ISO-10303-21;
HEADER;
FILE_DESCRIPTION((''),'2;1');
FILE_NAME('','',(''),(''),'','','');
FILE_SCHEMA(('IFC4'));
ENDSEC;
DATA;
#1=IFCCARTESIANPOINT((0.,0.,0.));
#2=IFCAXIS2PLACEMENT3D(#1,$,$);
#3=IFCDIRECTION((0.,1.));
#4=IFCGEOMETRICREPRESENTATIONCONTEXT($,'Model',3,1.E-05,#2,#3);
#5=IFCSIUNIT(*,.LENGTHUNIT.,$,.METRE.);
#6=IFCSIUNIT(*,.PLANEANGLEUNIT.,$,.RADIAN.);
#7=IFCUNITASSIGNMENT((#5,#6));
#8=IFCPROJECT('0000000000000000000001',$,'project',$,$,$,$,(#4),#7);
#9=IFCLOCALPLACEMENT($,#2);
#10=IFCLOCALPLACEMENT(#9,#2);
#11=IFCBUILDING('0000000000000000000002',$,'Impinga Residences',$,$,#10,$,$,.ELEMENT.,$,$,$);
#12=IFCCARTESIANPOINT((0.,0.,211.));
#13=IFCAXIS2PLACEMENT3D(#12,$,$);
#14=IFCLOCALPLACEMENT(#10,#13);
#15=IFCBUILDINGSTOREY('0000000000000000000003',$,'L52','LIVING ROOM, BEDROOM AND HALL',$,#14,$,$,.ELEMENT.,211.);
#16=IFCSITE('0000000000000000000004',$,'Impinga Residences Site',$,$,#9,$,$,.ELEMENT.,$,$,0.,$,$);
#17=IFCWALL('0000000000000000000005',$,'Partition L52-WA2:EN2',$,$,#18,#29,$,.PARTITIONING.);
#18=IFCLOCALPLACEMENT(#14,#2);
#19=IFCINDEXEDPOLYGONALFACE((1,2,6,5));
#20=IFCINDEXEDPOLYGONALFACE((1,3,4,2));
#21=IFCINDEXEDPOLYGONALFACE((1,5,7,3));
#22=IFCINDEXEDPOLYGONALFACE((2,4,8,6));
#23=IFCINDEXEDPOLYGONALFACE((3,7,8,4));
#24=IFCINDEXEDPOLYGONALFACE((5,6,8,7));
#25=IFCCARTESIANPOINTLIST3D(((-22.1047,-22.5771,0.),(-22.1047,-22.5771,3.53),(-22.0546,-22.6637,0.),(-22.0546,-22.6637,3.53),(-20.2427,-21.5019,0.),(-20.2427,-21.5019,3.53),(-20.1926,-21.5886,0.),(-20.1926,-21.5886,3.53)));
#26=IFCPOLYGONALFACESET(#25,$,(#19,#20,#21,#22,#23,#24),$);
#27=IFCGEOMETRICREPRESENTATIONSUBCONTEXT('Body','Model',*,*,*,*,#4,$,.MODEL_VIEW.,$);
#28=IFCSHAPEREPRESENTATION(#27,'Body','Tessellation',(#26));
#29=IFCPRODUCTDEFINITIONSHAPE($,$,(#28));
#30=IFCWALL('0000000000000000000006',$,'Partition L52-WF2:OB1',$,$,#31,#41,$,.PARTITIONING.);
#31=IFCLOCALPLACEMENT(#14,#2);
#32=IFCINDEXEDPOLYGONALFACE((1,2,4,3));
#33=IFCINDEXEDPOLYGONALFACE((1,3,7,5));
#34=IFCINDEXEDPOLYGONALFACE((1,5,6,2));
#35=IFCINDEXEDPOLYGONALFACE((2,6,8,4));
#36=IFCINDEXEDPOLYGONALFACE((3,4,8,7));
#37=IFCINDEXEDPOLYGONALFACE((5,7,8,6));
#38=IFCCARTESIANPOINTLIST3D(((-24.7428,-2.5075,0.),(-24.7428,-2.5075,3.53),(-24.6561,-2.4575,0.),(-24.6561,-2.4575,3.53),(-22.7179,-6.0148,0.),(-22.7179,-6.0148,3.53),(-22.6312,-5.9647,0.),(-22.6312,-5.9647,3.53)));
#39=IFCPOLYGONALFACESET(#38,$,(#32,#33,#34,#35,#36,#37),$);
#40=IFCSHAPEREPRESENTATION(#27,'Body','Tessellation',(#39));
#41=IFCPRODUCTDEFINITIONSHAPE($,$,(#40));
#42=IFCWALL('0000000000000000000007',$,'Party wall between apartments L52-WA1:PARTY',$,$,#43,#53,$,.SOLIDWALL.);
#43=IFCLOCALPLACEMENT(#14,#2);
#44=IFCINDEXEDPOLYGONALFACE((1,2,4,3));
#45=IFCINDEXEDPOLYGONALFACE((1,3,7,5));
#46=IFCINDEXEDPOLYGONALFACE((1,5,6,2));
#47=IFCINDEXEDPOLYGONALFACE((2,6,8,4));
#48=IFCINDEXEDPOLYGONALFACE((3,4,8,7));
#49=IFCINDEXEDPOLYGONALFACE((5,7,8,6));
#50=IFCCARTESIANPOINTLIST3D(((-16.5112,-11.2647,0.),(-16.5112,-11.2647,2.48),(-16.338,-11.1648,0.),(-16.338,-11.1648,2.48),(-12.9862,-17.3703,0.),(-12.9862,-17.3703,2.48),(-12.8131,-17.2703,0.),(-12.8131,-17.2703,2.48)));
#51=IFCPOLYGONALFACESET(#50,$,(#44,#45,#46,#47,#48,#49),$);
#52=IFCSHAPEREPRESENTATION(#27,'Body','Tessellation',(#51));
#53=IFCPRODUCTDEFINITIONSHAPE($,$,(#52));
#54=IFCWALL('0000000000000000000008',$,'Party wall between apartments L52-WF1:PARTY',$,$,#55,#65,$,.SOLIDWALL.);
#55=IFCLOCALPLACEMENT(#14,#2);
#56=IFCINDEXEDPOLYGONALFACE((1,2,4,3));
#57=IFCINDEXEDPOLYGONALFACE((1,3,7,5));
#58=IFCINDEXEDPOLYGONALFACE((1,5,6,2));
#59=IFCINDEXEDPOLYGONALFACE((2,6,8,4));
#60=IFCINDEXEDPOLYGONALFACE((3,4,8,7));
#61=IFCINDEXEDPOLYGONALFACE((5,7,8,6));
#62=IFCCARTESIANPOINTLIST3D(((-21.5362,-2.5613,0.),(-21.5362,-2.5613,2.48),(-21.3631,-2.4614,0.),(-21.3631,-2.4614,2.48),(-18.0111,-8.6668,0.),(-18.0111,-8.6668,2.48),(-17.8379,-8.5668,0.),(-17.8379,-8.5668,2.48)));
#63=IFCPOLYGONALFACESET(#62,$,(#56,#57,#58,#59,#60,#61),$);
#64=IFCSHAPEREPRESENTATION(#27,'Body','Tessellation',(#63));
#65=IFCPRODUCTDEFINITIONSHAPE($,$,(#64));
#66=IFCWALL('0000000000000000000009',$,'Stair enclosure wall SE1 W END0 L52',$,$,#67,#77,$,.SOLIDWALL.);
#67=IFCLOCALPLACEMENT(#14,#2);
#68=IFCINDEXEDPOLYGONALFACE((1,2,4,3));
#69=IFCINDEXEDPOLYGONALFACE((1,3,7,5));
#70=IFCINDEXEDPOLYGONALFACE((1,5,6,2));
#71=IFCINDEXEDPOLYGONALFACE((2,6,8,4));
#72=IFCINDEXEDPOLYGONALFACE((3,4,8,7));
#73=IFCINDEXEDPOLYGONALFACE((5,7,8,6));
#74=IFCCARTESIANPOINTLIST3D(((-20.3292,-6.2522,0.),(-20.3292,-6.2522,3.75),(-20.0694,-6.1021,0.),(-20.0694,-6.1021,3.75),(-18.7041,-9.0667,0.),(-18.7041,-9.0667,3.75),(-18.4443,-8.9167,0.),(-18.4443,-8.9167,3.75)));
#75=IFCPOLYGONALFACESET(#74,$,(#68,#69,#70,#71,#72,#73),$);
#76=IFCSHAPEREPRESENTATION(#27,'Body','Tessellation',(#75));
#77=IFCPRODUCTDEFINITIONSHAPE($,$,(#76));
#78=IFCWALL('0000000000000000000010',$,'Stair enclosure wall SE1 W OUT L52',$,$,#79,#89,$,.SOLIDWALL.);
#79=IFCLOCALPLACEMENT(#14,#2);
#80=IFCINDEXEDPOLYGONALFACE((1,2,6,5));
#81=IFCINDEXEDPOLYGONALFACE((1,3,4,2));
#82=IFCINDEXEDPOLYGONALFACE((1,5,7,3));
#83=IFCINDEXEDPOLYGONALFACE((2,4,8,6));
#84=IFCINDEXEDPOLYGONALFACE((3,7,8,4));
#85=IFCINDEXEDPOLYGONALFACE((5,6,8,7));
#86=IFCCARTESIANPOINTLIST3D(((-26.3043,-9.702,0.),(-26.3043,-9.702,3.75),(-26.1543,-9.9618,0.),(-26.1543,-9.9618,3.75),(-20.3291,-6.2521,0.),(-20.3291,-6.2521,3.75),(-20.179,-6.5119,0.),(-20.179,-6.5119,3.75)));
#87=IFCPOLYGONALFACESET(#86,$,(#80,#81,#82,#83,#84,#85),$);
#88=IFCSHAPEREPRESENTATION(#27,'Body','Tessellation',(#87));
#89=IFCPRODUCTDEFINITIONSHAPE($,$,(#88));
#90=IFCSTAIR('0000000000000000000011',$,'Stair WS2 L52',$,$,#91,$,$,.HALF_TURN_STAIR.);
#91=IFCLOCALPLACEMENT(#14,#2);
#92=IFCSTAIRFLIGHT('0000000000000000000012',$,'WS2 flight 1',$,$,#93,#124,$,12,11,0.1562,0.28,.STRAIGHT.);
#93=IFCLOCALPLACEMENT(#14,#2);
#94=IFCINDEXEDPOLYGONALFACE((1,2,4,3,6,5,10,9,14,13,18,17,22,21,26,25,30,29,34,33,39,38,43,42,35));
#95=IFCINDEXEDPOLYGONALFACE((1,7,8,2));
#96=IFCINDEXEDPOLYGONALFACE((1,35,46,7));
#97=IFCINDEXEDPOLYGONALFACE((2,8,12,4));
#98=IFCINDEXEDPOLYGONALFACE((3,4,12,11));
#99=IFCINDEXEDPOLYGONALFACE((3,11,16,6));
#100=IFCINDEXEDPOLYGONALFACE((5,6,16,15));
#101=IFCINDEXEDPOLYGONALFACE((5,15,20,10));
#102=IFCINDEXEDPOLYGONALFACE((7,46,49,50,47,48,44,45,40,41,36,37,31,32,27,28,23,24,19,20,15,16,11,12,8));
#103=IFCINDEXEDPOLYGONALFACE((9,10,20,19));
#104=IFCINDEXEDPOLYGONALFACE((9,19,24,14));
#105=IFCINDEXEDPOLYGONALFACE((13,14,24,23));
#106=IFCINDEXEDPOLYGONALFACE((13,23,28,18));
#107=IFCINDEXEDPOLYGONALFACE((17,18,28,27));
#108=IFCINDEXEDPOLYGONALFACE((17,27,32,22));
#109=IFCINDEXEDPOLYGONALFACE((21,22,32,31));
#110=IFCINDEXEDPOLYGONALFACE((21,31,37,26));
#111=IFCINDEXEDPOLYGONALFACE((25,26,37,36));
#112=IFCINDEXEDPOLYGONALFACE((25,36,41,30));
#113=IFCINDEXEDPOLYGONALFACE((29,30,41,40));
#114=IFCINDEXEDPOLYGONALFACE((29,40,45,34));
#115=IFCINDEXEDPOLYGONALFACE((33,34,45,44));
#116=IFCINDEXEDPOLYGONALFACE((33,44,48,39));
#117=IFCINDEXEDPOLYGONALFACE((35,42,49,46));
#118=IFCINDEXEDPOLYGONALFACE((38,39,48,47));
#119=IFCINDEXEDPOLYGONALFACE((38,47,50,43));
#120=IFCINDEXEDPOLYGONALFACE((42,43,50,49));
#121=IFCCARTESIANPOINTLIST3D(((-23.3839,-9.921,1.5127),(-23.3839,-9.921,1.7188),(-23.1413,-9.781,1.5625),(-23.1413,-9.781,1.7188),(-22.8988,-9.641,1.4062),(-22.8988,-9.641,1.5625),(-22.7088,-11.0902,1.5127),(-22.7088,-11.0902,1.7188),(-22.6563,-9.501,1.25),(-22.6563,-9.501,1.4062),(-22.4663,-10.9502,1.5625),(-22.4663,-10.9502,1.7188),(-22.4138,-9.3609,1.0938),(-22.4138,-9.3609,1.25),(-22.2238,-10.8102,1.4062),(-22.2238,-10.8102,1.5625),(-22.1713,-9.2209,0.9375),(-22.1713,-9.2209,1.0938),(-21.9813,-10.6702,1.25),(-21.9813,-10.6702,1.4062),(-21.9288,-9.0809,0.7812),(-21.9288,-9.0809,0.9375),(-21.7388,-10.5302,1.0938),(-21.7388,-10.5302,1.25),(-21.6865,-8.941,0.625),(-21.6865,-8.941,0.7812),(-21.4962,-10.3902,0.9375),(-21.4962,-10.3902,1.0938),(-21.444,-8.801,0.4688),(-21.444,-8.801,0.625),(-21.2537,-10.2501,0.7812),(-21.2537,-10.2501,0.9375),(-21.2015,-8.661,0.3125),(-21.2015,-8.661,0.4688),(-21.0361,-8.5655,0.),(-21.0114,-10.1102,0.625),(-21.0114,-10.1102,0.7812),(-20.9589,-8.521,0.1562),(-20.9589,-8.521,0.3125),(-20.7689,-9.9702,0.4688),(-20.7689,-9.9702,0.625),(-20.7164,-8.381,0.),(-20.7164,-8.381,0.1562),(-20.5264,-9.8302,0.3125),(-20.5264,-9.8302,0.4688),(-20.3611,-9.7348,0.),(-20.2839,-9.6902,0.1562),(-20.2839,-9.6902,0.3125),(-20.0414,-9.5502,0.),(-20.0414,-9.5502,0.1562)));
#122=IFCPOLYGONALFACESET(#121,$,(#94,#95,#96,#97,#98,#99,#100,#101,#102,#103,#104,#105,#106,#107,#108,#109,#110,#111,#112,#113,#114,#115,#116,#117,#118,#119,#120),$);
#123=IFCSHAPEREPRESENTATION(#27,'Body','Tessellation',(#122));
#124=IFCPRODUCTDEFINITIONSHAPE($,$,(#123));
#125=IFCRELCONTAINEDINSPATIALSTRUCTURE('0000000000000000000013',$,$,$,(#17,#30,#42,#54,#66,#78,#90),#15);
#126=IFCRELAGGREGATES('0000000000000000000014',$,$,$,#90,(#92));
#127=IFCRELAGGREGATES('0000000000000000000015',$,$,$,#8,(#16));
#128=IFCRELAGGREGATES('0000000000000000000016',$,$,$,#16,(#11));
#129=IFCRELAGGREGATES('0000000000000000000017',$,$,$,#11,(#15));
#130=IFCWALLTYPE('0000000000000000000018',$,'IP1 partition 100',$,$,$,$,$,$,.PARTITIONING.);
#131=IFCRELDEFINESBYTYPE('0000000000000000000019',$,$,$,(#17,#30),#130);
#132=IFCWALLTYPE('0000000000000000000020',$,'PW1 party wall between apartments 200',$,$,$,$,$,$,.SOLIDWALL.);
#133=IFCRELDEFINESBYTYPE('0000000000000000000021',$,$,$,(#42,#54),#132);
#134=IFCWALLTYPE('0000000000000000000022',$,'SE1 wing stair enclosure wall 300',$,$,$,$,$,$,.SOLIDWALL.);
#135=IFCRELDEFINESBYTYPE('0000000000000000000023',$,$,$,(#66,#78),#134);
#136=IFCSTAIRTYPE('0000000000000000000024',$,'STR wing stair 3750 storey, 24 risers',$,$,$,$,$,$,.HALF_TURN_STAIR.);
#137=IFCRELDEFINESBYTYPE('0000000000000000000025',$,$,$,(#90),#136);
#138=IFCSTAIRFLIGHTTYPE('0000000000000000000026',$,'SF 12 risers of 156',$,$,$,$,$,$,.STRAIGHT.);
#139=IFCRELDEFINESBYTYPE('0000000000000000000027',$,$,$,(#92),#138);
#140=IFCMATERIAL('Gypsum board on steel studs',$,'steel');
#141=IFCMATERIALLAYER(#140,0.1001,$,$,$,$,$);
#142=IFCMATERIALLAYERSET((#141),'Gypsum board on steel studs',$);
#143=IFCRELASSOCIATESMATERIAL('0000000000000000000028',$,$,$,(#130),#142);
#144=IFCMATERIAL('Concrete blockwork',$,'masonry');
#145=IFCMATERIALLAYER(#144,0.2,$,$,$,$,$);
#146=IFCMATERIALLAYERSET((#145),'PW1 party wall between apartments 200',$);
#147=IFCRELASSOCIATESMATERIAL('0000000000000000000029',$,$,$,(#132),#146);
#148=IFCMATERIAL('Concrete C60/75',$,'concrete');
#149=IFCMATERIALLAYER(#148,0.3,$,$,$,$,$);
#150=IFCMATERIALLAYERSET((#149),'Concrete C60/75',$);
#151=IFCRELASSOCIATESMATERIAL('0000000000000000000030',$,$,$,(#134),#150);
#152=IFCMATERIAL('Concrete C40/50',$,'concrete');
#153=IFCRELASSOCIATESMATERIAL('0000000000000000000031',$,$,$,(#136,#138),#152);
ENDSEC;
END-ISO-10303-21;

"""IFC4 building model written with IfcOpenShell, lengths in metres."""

from ifc_helpers import new_model, si_unit, direction, frame, frame_2d, origin, place, context, subcontext, project, spatial, polyline, rectangle, outline, extrude, material, layer, layer_set, type_object, element, aggregate, save


model = new_model("IFC4")

# Units and contexts
model_context = context("Model", 3, precision=1e-05, world=origin(), true_north=direction((0.0, 1.0)))
body_context = subcontext(model_context, "Body", "Model", "MODEL_VIEW")
ifc_project = project(units=[si_unit("LENGTHUNIT", "METRE"), si_unit("PLANEANGLEUNIT", "RADIAN")], contexts=[model_context])

# Site, building, storey
site_placement = place(None, origin())
site = spatial("IfcSite", under=ifc_project, at=site_placement, Name="Impinga Residences Site", CompositionType="ELEMENT", RefElevation=0.0)
building_placement = place(site_placement, origin())
building = spatial("IfcBuilding", under=site, at=building_placement, Name="Impinga Residences", CompositionType="ELEMENT")
storey_placement = place(building_placement, frame((0.0, 0.0, 211.0)))
storey = spatial("IfcBuildingStorey", under=building, at=storey_placement, Name="L52", Description="LIVING ROOM, BEDROOM AND HALL", CompositionType="ELEMENT", Elevation=211.0)

# Shared definitions
ifc_material_1 = material(Name="Concrete C60/75", Category="concrete")

# Shared definitions
ifc_material_2 = material(Name="Gypsum board on steel studs", Category="steel")
ifc_layer_1 = layer(ifc_material_2, 0.1001)
ifc_layer_set_1 = layer_set([ifc_layer_1], Name="Gypsum board on steel studs")
wall_type_1 = type_object("IfcWallType", Name="IP1 partition 100", PredefinedType="PARTITIONING", material=ifc_layer_set_1)

# Walls
wall_1_placement = place(storey_placement, frame((-20.2175, -21.5452, 0.0), z_axis=(0.0, 0.0, 1.0), x_axis=(-0.865998, -0.500047, 0.0)))
element("IfcWall", 1, at=wall_1_placement, inside=storey, type_object=wall_type_1, Name="Partition L52-WA2:EN2", PredefinedType="PARTITIONING", context=body_context, shape_type="SweptSolid", body=[
    extrude(rectangle(XDim=2.1501, YDim=0.1001, at=frame_2d((1.0752, 0.0))), origin(), (0.0, 0.0, 1.0), 3.53),
])
wall_2_placement = place(storey_placement, frame((-22.6746, -5.9897, 0.0), z_axis=(0.0, 0.0, 1.0), x_axis=(-0.49999, 0.866031, 0.0)))
element("IfcWall", 2, at=wall_2_placement, inside=storey, type_object=wall_type_1, Name="Partition L52-WF2:OB1", PredefinedType="PARTITIONING", context=body_context, shape_type="SweptSolid", body=[
    extrude(rectangle(XDim=4.0498, YDim=0.1001, at=frame_2d((2.0249, 0.0))), origin(), (0.0, 0.0, 1.0), 3.53),
])
ifc_material_3 = material(Name="Concrete blockwork", Category="masonry")
ifc_layer_2 = layer(ifc_material_3, 0.2)
ifc_layer_set_2 = layer_set([ifc_layer_2], Name="PW1 party wall between apartments 200")
wall_type_2 = type_object("IfcWallType", Name="PW1 party wall between apartments 200", PredefinedType="SOLIDWALL", material=ifc_layer_set_2)
for number, where, z_axis, x_axis, name in (
    (3, (-16.4246, -11.2148, 0.0), (0.0, 0.0, 1.0), (0.49999, -0.866031, 0.0), "Party wall between apartments L52-WA1:PARTY"),
    (4, (-17.9246, -8.6167, 0.0), (0.0, 0.0, 1.0), (-0.500016, 0.866016, 0.0), "Party wall between apartments L52-WF1:PARTY"),
):
    element("IfcWall", number, at=place(storey_placement, frame(where, z_axis=z_axis, x_axis=x_axis)), inside=storey, type_object=wall_type_2, Name=name, PredefinedType="SOLIDWALL", context=body_context, shape_type="SweptSolid", body=[
        extrude(rectangle(XDim=7.05, YDim=0.2, at=frame_2d((3.5249, 0.0))), origin(), (0.0, 0.0, 1.0), 2.48),
    ])
ifc_layer_3 = layer(ifc_material_1, 0.3)
ifc_layer_set_3 = layer_set([ifc_layer_3], Name="Concrete C60/75")
wall_type_3 = type_object("IfcWallType", Name="SE1 wing stair enclosure wall 300", PredefinedType="SOLIDWALL", material=ifc_layer_set_3)
wall_3_placement = place(storey_placement, frame((-18.5742, -8.9917, 0.0), z_axis=(0.0, 0.0, 1.0), x_axis=(-0.500017, 0.866015, 0.0)))
element("IfcWall", 5, at=wall_3_placement, inside=storey, type_object=wall_type_3, Name="Stair enclosure wall SE1 W END0 L52", PredefinedType="SOLIDWALL", context=body_context, shape_type="SweptSolid", body=[
    extrude(rectangle(XDim=3.25, YDim=0.3, at=frame_2d((1.625, 0.0))), origin(), (0.0, 0.0, 1.0), 3.75),
])
wall_4_placement = place(storey_placement, frame((-20.2542, -6.3821, 0.0), z_axis=(0.0, 0.0, 1.0), x_axis=(-0.86602, -0.500009, 0.0)))
element("IfcWall", 6, at=wall_4_placement, inside=storey, type_object=wall_type_3, Name="Stair enclosure wall SE1 W OUT L52", PredefinedType="SOLIDWALL", context=body_context, shape_type="SweptSolid", body=[
    extrude(rectangle(XDim=6.8997, YDim=0.3, at=frame_2d((3.4497, 0.0))), origin(), (0.0, 0.0, 1.0), 3.75),
])

# Stair, stair flight
ifc_material_4 = material(Name="Concrete C40/50", Category="concrete")
stair_type = type_object("IfcStairType", Name="STR wing stair 3750 storey, 24 risers", PredefinedType="HALF_TURN_STAIR", material=ifc_material_4)
stair_placement = place(storey_placement, origin())
stair = element("IfcStair", 7, at=stair_placement, inside=storey, type_object=stair_type, Name="Stair WS2 L52", PredefinedType="HALF_TURN_STAIR")
stair_flight_type = type_object("IfcStairFlightType", Name="SF 12 risers of 156", PredefinedType="STRAIGHT", material=ifc_material_4)
stair_flight_placement = place(storey_placement, frame((-20.3789, -8.9656, 0.0), z_axis=(0.0, 0.0, 1.0), x_axis=(-0.866025, -0.5, 0.0)))
stair_flight = element("IfcStairFlight", 8, at=stair_flight_placement, type_object=stair_flight_type, Name="WS2 flight 1", NumberOfRisers=12, NumberOfTreads=11, PredefinedType="STRAIGHT", RiserHeight=0.1562, TreadLength=0.28, context=body_context, shape_type="SweptSolid", body=[
    extrude(outline(polyline([(0.0, 0.0), (0.0, 0.1562), (0.28, 0.1562), (0.28, 0.3125), (0.5601, 0.3125), (0.5601, 0.4688), (0.8401, 0.4688), (0.8401, 0.625), (1.1201, 0.625), (1.1201, 0.7812), (1.3999, 0.7812), (1.3999, 0.9375), (1.6799, 0.9375), (1.6799, 1.0938), (1.96, 1.0938), (1.96, 1.25), (2.24, 1.25), (2.24, 1.4062), (2.52, 1.4062), (2.52, 1.5625), (2.8, 1.5625), (2.8, 1.7188), (3.0801, 1.7188), (3.0801, 1.875), (3.0801, 1.5127), (0.3691, 0.0), (0.0, 0.0)])), frame((0.0, 0.675, 0.0), z_axis=(0.0, -1.0, 0.0), x_axis=(1.0, 0.0, 0.0)), (0.0, 0.0, 1.0), 1.3501),
])
aggregate(stair, [stair_flight])

save(model, "model.ifc")
